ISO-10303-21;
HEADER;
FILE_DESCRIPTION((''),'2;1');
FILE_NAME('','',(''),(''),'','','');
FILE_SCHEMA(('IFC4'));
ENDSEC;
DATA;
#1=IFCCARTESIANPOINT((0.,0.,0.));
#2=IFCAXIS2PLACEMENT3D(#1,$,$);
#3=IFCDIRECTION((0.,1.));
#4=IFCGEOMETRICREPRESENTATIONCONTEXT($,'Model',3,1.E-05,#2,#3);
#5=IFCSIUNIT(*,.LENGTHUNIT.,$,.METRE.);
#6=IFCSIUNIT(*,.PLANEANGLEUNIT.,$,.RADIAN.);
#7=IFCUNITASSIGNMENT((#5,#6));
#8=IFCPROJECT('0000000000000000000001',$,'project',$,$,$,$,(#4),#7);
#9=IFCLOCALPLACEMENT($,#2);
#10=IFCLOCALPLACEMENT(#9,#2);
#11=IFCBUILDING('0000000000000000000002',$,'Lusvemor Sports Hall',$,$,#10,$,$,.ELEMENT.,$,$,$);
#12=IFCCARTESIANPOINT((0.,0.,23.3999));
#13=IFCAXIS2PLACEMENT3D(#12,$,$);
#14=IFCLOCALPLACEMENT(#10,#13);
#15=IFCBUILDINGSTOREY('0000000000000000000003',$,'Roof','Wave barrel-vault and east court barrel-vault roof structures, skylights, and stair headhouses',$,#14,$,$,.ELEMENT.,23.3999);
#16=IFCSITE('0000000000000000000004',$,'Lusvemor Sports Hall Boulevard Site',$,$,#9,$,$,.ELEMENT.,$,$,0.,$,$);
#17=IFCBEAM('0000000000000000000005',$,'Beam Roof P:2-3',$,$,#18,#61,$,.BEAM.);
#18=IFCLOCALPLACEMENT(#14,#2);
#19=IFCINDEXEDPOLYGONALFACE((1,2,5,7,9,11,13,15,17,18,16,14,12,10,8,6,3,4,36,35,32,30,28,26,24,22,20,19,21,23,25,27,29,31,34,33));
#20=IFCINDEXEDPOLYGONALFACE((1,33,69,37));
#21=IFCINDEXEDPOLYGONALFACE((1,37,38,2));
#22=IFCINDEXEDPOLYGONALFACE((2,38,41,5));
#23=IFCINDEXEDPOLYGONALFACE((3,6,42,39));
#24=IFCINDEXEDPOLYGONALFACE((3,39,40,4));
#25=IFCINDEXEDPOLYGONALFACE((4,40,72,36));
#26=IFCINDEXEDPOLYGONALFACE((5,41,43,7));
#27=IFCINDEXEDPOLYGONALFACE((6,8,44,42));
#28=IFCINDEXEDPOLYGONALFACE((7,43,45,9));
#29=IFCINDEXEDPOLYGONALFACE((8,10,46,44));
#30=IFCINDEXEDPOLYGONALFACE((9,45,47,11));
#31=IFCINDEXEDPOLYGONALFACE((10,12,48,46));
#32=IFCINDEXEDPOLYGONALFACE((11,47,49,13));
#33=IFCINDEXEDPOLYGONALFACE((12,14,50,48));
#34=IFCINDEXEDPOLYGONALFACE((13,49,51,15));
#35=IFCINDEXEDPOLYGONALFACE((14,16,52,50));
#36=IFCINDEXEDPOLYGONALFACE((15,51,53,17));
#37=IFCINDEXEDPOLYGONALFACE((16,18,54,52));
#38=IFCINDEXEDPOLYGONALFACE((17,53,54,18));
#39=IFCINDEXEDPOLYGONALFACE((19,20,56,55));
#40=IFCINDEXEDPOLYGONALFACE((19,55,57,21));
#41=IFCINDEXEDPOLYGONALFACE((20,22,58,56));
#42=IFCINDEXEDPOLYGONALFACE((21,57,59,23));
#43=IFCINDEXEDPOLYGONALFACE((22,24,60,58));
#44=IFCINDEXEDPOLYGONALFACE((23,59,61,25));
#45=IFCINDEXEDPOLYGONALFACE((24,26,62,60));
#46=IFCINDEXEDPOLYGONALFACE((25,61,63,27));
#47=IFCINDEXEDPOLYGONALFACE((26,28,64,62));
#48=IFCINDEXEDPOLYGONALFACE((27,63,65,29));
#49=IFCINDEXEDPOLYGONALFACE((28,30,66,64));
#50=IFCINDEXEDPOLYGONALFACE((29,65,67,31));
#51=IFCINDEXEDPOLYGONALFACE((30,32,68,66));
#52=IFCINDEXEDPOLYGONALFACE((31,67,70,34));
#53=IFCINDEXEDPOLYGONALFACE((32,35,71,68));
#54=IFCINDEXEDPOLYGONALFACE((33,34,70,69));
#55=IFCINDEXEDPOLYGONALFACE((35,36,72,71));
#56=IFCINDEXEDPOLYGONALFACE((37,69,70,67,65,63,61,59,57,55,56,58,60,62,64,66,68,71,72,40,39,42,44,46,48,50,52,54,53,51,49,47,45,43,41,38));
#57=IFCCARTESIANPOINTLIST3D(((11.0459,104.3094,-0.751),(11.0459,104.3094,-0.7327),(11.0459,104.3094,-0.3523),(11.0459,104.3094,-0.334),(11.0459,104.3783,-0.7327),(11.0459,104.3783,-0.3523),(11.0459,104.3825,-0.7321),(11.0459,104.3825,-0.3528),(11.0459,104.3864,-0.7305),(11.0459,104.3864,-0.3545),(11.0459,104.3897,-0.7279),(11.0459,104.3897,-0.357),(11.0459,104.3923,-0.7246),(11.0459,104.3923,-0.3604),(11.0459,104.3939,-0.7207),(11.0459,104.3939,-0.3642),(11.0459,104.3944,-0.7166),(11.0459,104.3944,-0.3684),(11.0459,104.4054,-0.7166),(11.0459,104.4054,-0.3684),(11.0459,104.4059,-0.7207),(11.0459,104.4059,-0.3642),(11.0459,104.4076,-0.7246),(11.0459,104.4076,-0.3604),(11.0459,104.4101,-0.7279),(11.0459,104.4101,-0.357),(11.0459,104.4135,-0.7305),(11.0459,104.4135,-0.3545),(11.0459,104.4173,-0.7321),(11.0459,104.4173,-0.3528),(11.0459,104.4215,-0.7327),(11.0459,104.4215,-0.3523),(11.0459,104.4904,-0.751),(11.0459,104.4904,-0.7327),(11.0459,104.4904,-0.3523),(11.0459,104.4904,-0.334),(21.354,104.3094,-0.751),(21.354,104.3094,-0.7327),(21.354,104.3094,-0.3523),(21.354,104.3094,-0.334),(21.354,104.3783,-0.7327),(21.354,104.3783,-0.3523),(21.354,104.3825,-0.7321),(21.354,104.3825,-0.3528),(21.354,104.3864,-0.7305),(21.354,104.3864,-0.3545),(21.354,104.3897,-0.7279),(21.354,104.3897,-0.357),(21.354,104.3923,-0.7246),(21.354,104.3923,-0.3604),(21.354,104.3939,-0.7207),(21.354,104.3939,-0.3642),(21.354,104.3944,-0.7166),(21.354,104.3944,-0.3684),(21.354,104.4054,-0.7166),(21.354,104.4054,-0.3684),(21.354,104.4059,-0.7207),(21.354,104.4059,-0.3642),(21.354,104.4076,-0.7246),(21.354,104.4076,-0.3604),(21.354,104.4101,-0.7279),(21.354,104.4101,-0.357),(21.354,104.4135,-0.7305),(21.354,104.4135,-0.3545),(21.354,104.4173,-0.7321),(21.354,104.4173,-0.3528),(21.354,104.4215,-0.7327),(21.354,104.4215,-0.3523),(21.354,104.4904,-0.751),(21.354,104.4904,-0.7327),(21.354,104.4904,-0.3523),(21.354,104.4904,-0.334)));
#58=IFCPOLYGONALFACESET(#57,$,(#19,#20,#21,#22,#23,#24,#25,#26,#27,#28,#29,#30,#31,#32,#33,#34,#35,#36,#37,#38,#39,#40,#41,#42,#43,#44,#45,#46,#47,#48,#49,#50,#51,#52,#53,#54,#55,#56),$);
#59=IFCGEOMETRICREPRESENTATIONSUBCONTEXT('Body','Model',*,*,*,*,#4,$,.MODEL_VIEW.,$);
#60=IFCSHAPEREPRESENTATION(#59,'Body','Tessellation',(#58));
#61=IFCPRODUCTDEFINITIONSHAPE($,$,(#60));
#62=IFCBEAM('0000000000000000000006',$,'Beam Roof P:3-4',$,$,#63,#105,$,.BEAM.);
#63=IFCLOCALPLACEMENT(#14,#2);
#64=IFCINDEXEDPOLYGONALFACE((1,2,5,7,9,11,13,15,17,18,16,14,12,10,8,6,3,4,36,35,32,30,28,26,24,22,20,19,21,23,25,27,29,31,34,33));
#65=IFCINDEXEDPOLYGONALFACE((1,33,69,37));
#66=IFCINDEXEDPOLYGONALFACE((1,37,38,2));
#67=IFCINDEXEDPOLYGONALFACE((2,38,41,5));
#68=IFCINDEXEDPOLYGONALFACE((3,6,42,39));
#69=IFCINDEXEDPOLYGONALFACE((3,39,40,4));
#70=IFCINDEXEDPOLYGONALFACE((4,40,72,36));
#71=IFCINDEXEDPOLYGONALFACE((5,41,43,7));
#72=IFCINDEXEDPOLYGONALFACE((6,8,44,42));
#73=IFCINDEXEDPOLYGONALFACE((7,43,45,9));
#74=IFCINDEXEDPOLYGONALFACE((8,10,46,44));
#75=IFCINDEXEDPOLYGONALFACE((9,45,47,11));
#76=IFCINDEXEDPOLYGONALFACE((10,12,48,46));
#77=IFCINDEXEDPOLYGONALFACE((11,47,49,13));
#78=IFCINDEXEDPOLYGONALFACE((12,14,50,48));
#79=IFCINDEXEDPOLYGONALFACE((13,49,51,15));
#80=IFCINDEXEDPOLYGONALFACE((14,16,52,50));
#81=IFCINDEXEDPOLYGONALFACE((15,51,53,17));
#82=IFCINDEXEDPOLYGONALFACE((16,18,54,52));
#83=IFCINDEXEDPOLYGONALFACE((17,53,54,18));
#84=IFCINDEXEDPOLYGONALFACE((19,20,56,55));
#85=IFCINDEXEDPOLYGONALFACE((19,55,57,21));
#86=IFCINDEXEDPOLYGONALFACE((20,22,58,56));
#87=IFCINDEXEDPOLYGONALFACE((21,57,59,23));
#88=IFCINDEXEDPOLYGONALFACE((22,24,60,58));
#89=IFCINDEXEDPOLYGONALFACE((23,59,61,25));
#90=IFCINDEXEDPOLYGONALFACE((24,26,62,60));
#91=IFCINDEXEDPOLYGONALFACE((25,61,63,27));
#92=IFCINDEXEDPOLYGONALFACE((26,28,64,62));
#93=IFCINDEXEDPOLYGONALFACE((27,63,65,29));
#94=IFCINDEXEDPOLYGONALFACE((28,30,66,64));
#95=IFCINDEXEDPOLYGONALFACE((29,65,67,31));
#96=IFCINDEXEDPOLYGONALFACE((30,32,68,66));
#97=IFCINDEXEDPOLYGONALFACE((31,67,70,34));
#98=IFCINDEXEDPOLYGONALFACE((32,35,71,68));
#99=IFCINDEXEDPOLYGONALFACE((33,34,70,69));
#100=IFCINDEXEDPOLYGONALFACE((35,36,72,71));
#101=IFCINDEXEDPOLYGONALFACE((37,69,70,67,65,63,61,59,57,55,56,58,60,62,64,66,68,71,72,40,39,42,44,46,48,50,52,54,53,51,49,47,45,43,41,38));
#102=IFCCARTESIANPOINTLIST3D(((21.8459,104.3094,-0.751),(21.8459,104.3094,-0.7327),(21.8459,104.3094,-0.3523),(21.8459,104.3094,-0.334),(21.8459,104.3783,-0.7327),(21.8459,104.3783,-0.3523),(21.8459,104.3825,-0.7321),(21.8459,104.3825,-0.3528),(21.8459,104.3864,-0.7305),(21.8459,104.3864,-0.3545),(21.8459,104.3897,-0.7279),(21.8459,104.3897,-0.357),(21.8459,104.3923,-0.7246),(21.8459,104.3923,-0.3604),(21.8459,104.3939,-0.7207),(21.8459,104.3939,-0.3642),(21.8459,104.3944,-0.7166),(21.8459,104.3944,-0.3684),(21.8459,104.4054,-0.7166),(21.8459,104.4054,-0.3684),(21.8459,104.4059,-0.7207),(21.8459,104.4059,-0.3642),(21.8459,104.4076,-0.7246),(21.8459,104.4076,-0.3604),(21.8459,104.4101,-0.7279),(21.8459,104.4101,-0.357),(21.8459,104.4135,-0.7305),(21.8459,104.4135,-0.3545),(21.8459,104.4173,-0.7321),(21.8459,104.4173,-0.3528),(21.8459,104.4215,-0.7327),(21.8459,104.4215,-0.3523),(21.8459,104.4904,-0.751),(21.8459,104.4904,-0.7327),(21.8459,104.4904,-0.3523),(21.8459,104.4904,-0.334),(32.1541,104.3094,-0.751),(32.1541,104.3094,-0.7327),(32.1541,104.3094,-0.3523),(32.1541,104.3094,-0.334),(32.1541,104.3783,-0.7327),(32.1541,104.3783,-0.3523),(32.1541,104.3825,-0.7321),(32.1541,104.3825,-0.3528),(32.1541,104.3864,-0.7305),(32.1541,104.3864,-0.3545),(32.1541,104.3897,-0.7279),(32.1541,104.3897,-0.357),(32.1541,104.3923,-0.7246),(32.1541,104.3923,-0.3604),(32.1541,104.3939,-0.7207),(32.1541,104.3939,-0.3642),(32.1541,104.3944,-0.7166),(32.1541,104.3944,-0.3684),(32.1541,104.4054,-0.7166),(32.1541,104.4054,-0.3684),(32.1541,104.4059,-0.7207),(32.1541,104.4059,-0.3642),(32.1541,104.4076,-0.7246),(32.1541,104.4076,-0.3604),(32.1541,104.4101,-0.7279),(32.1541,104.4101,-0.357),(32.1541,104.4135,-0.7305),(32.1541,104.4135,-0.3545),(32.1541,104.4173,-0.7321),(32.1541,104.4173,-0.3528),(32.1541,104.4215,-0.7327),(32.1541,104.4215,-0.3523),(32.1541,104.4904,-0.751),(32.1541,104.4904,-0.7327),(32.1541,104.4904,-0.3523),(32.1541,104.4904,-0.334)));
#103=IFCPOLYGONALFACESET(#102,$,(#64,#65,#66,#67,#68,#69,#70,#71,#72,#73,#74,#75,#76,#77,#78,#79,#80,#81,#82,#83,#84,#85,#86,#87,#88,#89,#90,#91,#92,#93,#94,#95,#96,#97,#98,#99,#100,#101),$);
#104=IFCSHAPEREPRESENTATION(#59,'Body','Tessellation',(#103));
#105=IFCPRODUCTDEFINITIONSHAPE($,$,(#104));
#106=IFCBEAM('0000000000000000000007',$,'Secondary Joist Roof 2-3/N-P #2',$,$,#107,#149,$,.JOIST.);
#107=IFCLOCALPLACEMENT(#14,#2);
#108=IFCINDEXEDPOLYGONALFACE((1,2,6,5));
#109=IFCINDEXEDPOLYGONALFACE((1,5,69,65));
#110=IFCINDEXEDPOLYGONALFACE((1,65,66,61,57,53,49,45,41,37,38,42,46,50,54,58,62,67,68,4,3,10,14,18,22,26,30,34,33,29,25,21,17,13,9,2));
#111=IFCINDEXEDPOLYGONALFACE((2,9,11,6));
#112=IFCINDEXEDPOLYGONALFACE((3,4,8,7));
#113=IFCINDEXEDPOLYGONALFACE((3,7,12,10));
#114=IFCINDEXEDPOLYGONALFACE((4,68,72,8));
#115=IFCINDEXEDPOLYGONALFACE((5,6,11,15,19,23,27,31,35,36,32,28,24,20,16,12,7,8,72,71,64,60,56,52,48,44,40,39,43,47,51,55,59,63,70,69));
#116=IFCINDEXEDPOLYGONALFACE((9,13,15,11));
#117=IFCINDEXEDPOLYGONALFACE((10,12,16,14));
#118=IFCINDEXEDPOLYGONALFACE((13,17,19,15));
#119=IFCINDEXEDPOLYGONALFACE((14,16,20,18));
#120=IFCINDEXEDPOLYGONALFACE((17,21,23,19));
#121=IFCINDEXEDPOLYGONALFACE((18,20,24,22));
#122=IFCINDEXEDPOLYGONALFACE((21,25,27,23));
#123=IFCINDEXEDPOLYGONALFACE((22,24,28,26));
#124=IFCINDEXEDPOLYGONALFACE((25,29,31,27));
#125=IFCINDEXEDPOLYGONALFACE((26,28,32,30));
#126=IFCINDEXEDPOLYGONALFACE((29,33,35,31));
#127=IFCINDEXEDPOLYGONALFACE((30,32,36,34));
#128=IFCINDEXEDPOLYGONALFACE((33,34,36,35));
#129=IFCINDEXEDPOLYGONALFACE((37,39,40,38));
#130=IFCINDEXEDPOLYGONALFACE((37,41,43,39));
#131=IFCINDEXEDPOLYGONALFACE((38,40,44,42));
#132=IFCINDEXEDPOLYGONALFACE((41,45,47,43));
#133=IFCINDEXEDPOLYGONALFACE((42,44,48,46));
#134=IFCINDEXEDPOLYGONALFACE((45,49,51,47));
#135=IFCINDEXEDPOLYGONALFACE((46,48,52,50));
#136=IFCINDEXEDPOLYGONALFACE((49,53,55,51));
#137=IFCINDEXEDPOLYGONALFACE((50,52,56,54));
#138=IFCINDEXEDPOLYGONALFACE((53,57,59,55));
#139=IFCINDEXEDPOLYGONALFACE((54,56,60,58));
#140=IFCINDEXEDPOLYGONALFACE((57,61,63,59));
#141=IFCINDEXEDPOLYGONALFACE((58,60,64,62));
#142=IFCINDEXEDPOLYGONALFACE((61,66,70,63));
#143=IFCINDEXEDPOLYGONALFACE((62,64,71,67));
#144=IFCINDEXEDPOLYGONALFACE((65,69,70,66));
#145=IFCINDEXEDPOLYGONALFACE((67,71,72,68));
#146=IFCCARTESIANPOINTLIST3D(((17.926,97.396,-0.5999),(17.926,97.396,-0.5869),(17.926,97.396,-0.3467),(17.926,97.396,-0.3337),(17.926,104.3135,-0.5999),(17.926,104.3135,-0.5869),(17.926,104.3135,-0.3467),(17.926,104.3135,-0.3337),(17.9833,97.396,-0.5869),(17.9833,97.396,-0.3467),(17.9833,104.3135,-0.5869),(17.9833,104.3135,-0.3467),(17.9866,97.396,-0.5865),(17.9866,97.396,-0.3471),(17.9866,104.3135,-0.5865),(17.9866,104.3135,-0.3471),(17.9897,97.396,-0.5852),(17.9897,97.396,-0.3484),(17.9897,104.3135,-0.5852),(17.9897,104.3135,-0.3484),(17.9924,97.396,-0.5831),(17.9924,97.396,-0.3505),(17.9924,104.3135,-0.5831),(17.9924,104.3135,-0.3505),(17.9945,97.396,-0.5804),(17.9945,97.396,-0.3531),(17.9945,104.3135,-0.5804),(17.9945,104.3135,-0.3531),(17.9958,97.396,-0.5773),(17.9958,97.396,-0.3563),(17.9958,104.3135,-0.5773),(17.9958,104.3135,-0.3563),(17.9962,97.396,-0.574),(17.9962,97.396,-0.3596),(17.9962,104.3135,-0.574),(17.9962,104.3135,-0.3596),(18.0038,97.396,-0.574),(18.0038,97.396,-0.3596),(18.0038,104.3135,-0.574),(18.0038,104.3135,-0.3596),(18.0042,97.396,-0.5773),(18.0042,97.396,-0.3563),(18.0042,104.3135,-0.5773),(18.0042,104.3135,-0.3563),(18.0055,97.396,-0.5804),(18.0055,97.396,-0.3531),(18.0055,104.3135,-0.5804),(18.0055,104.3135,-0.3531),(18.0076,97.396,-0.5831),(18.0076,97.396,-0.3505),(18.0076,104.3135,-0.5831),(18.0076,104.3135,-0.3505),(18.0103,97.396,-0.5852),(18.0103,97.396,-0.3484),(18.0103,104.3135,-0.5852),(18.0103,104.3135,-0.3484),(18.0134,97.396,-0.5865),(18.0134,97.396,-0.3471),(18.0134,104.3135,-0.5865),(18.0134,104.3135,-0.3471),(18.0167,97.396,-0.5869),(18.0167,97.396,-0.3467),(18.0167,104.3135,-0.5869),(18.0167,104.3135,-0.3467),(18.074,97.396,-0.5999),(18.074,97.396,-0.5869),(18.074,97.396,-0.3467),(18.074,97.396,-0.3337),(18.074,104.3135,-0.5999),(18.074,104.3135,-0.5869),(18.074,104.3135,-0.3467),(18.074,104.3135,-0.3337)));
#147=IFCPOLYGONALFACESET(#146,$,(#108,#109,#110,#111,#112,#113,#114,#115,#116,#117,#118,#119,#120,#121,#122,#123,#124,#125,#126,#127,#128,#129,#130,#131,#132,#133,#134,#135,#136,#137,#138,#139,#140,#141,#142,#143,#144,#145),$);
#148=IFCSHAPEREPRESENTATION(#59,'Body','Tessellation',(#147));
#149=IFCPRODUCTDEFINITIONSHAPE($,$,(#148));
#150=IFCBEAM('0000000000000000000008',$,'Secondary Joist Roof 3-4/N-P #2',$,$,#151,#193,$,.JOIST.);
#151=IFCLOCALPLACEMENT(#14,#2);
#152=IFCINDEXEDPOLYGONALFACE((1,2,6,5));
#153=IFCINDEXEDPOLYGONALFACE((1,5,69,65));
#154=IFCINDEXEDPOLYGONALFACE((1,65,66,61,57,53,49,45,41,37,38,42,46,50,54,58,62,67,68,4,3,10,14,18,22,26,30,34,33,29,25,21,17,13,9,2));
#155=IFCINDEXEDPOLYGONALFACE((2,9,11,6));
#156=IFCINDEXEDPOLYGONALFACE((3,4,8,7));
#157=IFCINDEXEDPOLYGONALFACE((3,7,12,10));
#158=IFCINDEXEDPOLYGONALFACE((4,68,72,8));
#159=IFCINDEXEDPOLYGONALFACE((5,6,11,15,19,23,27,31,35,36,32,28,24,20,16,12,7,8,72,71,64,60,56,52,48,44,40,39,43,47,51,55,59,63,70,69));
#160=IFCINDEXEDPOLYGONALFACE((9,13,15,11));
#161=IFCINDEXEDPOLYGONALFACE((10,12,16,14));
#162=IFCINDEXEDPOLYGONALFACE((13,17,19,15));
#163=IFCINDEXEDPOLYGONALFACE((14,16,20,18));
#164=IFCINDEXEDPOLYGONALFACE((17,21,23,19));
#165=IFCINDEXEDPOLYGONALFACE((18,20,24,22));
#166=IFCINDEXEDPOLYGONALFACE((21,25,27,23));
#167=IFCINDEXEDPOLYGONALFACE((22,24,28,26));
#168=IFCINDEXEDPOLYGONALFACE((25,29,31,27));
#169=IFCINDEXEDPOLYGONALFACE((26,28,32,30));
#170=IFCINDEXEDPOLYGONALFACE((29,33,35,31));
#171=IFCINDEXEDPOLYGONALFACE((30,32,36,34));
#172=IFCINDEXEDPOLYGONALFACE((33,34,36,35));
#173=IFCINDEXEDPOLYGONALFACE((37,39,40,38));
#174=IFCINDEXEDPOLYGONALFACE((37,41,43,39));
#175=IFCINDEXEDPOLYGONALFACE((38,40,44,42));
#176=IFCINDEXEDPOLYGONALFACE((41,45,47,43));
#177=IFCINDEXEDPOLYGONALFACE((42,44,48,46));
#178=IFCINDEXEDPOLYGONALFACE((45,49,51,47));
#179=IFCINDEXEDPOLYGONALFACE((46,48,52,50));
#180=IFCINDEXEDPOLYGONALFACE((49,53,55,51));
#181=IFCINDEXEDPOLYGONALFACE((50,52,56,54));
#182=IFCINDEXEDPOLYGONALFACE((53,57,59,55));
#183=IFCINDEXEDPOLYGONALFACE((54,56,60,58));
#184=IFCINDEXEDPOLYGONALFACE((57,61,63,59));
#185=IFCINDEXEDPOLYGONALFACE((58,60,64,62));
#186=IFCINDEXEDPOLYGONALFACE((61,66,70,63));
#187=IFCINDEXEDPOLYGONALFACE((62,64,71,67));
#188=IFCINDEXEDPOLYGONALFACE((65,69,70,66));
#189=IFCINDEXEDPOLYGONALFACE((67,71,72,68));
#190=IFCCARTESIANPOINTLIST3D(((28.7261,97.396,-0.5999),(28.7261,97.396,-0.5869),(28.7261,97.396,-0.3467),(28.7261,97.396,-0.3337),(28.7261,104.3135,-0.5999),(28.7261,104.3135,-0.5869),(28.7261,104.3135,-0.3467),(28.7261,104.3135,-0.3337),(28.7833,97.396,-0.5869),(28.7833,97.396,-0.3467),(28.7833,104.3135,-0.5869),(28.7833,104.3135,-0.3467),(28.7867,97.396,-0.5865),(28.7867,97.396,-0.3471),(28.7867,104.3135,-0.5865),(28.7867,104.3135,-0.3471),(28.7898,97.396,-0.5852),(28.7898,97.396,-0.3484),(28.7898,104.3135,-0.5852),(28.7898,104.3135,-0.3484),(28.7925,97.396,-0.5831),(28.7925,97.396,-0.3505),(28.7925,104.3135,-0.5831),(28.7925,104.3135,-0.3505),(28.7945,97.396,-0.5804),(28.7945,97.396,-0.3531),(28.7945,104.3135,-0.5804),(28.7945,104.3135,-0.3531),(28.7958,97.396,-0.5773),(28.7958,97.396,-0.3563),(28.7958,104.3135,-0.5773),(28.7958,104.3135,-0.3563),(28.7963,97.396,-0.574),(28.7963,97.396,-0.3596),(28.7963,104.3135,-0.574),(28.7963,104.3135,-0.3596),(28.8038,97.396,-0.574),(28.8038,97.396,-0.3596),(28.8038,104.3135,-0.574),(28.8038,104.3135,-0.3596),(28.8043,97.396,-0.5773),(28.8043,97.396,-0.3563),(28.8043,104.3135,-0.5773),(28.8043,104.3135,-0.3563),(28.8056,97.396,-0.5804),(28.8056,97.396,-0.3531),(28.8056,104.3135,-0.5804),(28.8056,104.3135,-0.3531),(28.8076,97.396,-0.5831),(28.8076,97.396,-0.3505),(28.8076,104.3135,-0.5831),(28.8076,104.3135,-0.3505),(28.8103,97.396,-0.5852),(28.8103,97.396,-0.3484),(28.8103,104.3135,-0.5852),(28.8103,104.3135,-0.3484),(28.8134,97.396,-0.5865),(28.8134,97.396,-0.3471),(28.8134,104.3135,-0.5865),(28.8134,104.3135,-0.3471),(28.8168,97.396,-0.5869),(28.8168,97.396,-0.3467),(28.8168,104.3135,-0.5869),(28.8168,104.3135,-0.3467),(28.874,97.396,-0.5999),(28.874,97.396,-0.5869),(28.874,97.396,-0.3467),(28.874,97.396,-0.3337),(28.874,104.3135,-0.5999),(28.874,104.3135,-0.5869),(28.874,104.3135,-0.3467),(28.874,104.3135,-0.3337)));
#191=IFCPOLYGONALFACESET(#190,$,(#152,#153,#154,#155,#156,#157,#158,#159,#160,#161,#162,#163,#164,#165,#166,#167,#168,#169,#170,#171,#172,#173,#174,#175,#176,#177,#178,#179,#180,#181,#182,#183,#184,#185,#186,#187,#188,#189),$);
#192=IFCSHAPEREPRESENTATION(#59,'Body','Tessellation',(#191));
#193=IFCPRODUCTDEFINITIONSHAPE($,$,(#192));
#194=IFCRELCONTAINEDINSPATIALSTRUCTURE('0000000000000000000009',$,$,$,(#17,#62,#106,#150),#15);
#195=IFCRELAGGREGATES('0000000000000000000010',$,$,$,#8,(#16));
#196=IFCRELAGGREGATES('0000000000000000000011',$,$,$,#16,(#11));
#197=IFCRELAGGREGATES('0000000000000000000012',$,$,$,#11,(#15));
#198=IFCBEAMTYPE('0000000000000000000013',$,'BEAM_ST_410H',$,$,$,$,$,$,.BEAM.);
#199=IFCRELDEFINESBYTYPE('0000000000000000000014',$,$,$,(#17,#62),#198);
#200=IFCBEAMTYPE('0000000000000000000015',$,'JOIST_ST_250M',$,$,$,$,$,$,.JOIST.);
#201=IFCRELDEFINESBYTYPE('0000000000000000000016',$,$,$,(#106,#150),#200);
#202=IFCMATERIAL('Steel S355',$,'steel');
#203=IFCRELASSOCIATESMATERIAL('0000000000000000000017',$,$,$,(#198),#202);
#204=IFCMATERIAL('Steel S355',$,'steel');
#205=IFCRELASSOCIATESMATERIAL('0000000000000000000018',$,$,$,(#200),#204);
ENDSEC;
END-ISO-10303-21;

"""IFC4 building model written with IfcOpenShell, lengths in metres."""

from ifc_helpers import new_model, si_unit, direction, frame, origin, origin_2d, place, context, subcontext, project, spatial, i_section, extrude, material, material_profile, profile_set, type_object, element, save


model = new_model("IFC4")

# Units and contexts
model_context = context("Model", 3, precision=1e-05, world=origin(), true_north=direction((0.0, 1.0)))
body_context = subcontext(model_context, "Body", "Model", "MODEL_VIEW")
ifc_project = project(units=[si_unit("LENGTHUNIT", "METRE"), si_unit("PLANEANGLEUNIT", "RADIAN")], contexts=[model_context])

# Site, building, storey
site_placement = place(None, origin())
site = spatial("IfcSite", under=ifc_project, at=site_placement, Name="Lusvemor Sports Hall Boulevard Site", CompositionType="ELEMENT", RefElevation=0.0)
building_placement = place(site_placement, origin())
building = spatial("IfcBuilding", under=site, at=building_placement, Name="Lusvemor Sports Hall", CompositionType="ELEMENT")
storey_placement = place(building_placement, frame((0.0, 0.0, 23.3999)))
storey = spatial("IfcBuildingStorey", under=building, at=storey_placement, Name="Roof", Description="Wave barrel-vault and east court barrel-vault roof structures, skylights, and stair headhouses", CompositionType="ELEMENT", Elevation=23.3999)

# Beams
ifc_material_1 = material(Name="Steel S355", Category="steel")
ifc_material_profile_1 = material_profile(ifc_material_1, i_section(OverallWidth=0.1809, OverallDepth=0.417, WebThickness=0.011, FlangeThickness=0.0183, FilletRadius=0.0161, at=origin_2d()), Name="W410x85.0")
ifc_profile_set_1 = profile_set([ifc_material_profile_1], Name="Steel S355")
beam_type_1 = type_object("IfcBeamType", Name="BEAM_ST_410H", PredefinedType="BEAM", material=ifc_profile_set_1)
for number, where, z_axis, x_axis, name in (
    (1, (11.0459, 104.3999, -0.5425), (1.0, 0.0, 0.0), (0.0, 1.0, 0.0), "Beam Roof P:2-3"),
    (2, (21.8459, 104.3999, -0.5425), (1.0, 0.0, 0.0), (0.0, 1.0, 0.0), "Beam Roof P:3-4"),
):
    element("IfcBeam", number, at=place(storey_placement, frame(where, z_axis=z_axis, x_axis=x_axis)), inside=storey, type_object=beam_type_1, Name=name, PredefinedType="BEAM", context=body_context, shape_type="SweptSolid", body=[
        extrude(i_section(OverallWidth=0.1809, OverallDepth=0.417, WebThickness=0.011, FlangeThickness=0.0183, FilletRadius=0.0161, at=origin_2d()), origin(), (0.0, 0.0, 1.0), 10.3081),
    ])
ifc_material_2 = material(Name="Steel S355", Category="steel")
ifc_material_profile_2 = material_profile(ifc_material_2, i_section(OverallWidth=0.1479, OverallDepth=0.2661, WebThickness=0.0076, FlangeThickness=0.0129, FilletRadius=0.0129, at=origin_2d()), Name="W250x44.8")
ifc_profile_set_2 = profile_set([ifc_material_profile_2], Name="Steel S355")
beam_type_2 = type_object("IfcBeamType", Name="JOIST_ST_250M", PredefinedType="JOIST", material=ifc_profile_set_2)
for number, where, z_axis, x_axis, name in (
    (3, (18.0, 97.396, -0.4668), (0.0, 1.0, 0.0), (-1.0, 0.0, 0.0), "Secondary Joist Roof 2-3/N-P #2"),
    (4, (28.8, 97.396, -0.4668), (0.0, 1.0, 0.0), (-1.0, 0.0, 0.0), "Secondary Joist Roof 3-4/N-P #2"),
):
    element("IfcBeam", number, at=place(storey_placement, frame(where, z_axis=z_axis, x_axis=x_axis)), inside=storey, type_object=beam_type_2, Name=name, PredefinedType="JOIST", context=body_context, shape_type="SweptSolid", body=[
        extrude(i_section(OverallWidth=0.1479, OverallDepth=0.2661, WebThickness=0.0076, FlangeThickness=0.0129, FilletRadius=0.0129, at=origin_2d()), origin(), (0.0, 0.0, 1.0), 6.9175),
    ])

save(model, "model.ifc")
